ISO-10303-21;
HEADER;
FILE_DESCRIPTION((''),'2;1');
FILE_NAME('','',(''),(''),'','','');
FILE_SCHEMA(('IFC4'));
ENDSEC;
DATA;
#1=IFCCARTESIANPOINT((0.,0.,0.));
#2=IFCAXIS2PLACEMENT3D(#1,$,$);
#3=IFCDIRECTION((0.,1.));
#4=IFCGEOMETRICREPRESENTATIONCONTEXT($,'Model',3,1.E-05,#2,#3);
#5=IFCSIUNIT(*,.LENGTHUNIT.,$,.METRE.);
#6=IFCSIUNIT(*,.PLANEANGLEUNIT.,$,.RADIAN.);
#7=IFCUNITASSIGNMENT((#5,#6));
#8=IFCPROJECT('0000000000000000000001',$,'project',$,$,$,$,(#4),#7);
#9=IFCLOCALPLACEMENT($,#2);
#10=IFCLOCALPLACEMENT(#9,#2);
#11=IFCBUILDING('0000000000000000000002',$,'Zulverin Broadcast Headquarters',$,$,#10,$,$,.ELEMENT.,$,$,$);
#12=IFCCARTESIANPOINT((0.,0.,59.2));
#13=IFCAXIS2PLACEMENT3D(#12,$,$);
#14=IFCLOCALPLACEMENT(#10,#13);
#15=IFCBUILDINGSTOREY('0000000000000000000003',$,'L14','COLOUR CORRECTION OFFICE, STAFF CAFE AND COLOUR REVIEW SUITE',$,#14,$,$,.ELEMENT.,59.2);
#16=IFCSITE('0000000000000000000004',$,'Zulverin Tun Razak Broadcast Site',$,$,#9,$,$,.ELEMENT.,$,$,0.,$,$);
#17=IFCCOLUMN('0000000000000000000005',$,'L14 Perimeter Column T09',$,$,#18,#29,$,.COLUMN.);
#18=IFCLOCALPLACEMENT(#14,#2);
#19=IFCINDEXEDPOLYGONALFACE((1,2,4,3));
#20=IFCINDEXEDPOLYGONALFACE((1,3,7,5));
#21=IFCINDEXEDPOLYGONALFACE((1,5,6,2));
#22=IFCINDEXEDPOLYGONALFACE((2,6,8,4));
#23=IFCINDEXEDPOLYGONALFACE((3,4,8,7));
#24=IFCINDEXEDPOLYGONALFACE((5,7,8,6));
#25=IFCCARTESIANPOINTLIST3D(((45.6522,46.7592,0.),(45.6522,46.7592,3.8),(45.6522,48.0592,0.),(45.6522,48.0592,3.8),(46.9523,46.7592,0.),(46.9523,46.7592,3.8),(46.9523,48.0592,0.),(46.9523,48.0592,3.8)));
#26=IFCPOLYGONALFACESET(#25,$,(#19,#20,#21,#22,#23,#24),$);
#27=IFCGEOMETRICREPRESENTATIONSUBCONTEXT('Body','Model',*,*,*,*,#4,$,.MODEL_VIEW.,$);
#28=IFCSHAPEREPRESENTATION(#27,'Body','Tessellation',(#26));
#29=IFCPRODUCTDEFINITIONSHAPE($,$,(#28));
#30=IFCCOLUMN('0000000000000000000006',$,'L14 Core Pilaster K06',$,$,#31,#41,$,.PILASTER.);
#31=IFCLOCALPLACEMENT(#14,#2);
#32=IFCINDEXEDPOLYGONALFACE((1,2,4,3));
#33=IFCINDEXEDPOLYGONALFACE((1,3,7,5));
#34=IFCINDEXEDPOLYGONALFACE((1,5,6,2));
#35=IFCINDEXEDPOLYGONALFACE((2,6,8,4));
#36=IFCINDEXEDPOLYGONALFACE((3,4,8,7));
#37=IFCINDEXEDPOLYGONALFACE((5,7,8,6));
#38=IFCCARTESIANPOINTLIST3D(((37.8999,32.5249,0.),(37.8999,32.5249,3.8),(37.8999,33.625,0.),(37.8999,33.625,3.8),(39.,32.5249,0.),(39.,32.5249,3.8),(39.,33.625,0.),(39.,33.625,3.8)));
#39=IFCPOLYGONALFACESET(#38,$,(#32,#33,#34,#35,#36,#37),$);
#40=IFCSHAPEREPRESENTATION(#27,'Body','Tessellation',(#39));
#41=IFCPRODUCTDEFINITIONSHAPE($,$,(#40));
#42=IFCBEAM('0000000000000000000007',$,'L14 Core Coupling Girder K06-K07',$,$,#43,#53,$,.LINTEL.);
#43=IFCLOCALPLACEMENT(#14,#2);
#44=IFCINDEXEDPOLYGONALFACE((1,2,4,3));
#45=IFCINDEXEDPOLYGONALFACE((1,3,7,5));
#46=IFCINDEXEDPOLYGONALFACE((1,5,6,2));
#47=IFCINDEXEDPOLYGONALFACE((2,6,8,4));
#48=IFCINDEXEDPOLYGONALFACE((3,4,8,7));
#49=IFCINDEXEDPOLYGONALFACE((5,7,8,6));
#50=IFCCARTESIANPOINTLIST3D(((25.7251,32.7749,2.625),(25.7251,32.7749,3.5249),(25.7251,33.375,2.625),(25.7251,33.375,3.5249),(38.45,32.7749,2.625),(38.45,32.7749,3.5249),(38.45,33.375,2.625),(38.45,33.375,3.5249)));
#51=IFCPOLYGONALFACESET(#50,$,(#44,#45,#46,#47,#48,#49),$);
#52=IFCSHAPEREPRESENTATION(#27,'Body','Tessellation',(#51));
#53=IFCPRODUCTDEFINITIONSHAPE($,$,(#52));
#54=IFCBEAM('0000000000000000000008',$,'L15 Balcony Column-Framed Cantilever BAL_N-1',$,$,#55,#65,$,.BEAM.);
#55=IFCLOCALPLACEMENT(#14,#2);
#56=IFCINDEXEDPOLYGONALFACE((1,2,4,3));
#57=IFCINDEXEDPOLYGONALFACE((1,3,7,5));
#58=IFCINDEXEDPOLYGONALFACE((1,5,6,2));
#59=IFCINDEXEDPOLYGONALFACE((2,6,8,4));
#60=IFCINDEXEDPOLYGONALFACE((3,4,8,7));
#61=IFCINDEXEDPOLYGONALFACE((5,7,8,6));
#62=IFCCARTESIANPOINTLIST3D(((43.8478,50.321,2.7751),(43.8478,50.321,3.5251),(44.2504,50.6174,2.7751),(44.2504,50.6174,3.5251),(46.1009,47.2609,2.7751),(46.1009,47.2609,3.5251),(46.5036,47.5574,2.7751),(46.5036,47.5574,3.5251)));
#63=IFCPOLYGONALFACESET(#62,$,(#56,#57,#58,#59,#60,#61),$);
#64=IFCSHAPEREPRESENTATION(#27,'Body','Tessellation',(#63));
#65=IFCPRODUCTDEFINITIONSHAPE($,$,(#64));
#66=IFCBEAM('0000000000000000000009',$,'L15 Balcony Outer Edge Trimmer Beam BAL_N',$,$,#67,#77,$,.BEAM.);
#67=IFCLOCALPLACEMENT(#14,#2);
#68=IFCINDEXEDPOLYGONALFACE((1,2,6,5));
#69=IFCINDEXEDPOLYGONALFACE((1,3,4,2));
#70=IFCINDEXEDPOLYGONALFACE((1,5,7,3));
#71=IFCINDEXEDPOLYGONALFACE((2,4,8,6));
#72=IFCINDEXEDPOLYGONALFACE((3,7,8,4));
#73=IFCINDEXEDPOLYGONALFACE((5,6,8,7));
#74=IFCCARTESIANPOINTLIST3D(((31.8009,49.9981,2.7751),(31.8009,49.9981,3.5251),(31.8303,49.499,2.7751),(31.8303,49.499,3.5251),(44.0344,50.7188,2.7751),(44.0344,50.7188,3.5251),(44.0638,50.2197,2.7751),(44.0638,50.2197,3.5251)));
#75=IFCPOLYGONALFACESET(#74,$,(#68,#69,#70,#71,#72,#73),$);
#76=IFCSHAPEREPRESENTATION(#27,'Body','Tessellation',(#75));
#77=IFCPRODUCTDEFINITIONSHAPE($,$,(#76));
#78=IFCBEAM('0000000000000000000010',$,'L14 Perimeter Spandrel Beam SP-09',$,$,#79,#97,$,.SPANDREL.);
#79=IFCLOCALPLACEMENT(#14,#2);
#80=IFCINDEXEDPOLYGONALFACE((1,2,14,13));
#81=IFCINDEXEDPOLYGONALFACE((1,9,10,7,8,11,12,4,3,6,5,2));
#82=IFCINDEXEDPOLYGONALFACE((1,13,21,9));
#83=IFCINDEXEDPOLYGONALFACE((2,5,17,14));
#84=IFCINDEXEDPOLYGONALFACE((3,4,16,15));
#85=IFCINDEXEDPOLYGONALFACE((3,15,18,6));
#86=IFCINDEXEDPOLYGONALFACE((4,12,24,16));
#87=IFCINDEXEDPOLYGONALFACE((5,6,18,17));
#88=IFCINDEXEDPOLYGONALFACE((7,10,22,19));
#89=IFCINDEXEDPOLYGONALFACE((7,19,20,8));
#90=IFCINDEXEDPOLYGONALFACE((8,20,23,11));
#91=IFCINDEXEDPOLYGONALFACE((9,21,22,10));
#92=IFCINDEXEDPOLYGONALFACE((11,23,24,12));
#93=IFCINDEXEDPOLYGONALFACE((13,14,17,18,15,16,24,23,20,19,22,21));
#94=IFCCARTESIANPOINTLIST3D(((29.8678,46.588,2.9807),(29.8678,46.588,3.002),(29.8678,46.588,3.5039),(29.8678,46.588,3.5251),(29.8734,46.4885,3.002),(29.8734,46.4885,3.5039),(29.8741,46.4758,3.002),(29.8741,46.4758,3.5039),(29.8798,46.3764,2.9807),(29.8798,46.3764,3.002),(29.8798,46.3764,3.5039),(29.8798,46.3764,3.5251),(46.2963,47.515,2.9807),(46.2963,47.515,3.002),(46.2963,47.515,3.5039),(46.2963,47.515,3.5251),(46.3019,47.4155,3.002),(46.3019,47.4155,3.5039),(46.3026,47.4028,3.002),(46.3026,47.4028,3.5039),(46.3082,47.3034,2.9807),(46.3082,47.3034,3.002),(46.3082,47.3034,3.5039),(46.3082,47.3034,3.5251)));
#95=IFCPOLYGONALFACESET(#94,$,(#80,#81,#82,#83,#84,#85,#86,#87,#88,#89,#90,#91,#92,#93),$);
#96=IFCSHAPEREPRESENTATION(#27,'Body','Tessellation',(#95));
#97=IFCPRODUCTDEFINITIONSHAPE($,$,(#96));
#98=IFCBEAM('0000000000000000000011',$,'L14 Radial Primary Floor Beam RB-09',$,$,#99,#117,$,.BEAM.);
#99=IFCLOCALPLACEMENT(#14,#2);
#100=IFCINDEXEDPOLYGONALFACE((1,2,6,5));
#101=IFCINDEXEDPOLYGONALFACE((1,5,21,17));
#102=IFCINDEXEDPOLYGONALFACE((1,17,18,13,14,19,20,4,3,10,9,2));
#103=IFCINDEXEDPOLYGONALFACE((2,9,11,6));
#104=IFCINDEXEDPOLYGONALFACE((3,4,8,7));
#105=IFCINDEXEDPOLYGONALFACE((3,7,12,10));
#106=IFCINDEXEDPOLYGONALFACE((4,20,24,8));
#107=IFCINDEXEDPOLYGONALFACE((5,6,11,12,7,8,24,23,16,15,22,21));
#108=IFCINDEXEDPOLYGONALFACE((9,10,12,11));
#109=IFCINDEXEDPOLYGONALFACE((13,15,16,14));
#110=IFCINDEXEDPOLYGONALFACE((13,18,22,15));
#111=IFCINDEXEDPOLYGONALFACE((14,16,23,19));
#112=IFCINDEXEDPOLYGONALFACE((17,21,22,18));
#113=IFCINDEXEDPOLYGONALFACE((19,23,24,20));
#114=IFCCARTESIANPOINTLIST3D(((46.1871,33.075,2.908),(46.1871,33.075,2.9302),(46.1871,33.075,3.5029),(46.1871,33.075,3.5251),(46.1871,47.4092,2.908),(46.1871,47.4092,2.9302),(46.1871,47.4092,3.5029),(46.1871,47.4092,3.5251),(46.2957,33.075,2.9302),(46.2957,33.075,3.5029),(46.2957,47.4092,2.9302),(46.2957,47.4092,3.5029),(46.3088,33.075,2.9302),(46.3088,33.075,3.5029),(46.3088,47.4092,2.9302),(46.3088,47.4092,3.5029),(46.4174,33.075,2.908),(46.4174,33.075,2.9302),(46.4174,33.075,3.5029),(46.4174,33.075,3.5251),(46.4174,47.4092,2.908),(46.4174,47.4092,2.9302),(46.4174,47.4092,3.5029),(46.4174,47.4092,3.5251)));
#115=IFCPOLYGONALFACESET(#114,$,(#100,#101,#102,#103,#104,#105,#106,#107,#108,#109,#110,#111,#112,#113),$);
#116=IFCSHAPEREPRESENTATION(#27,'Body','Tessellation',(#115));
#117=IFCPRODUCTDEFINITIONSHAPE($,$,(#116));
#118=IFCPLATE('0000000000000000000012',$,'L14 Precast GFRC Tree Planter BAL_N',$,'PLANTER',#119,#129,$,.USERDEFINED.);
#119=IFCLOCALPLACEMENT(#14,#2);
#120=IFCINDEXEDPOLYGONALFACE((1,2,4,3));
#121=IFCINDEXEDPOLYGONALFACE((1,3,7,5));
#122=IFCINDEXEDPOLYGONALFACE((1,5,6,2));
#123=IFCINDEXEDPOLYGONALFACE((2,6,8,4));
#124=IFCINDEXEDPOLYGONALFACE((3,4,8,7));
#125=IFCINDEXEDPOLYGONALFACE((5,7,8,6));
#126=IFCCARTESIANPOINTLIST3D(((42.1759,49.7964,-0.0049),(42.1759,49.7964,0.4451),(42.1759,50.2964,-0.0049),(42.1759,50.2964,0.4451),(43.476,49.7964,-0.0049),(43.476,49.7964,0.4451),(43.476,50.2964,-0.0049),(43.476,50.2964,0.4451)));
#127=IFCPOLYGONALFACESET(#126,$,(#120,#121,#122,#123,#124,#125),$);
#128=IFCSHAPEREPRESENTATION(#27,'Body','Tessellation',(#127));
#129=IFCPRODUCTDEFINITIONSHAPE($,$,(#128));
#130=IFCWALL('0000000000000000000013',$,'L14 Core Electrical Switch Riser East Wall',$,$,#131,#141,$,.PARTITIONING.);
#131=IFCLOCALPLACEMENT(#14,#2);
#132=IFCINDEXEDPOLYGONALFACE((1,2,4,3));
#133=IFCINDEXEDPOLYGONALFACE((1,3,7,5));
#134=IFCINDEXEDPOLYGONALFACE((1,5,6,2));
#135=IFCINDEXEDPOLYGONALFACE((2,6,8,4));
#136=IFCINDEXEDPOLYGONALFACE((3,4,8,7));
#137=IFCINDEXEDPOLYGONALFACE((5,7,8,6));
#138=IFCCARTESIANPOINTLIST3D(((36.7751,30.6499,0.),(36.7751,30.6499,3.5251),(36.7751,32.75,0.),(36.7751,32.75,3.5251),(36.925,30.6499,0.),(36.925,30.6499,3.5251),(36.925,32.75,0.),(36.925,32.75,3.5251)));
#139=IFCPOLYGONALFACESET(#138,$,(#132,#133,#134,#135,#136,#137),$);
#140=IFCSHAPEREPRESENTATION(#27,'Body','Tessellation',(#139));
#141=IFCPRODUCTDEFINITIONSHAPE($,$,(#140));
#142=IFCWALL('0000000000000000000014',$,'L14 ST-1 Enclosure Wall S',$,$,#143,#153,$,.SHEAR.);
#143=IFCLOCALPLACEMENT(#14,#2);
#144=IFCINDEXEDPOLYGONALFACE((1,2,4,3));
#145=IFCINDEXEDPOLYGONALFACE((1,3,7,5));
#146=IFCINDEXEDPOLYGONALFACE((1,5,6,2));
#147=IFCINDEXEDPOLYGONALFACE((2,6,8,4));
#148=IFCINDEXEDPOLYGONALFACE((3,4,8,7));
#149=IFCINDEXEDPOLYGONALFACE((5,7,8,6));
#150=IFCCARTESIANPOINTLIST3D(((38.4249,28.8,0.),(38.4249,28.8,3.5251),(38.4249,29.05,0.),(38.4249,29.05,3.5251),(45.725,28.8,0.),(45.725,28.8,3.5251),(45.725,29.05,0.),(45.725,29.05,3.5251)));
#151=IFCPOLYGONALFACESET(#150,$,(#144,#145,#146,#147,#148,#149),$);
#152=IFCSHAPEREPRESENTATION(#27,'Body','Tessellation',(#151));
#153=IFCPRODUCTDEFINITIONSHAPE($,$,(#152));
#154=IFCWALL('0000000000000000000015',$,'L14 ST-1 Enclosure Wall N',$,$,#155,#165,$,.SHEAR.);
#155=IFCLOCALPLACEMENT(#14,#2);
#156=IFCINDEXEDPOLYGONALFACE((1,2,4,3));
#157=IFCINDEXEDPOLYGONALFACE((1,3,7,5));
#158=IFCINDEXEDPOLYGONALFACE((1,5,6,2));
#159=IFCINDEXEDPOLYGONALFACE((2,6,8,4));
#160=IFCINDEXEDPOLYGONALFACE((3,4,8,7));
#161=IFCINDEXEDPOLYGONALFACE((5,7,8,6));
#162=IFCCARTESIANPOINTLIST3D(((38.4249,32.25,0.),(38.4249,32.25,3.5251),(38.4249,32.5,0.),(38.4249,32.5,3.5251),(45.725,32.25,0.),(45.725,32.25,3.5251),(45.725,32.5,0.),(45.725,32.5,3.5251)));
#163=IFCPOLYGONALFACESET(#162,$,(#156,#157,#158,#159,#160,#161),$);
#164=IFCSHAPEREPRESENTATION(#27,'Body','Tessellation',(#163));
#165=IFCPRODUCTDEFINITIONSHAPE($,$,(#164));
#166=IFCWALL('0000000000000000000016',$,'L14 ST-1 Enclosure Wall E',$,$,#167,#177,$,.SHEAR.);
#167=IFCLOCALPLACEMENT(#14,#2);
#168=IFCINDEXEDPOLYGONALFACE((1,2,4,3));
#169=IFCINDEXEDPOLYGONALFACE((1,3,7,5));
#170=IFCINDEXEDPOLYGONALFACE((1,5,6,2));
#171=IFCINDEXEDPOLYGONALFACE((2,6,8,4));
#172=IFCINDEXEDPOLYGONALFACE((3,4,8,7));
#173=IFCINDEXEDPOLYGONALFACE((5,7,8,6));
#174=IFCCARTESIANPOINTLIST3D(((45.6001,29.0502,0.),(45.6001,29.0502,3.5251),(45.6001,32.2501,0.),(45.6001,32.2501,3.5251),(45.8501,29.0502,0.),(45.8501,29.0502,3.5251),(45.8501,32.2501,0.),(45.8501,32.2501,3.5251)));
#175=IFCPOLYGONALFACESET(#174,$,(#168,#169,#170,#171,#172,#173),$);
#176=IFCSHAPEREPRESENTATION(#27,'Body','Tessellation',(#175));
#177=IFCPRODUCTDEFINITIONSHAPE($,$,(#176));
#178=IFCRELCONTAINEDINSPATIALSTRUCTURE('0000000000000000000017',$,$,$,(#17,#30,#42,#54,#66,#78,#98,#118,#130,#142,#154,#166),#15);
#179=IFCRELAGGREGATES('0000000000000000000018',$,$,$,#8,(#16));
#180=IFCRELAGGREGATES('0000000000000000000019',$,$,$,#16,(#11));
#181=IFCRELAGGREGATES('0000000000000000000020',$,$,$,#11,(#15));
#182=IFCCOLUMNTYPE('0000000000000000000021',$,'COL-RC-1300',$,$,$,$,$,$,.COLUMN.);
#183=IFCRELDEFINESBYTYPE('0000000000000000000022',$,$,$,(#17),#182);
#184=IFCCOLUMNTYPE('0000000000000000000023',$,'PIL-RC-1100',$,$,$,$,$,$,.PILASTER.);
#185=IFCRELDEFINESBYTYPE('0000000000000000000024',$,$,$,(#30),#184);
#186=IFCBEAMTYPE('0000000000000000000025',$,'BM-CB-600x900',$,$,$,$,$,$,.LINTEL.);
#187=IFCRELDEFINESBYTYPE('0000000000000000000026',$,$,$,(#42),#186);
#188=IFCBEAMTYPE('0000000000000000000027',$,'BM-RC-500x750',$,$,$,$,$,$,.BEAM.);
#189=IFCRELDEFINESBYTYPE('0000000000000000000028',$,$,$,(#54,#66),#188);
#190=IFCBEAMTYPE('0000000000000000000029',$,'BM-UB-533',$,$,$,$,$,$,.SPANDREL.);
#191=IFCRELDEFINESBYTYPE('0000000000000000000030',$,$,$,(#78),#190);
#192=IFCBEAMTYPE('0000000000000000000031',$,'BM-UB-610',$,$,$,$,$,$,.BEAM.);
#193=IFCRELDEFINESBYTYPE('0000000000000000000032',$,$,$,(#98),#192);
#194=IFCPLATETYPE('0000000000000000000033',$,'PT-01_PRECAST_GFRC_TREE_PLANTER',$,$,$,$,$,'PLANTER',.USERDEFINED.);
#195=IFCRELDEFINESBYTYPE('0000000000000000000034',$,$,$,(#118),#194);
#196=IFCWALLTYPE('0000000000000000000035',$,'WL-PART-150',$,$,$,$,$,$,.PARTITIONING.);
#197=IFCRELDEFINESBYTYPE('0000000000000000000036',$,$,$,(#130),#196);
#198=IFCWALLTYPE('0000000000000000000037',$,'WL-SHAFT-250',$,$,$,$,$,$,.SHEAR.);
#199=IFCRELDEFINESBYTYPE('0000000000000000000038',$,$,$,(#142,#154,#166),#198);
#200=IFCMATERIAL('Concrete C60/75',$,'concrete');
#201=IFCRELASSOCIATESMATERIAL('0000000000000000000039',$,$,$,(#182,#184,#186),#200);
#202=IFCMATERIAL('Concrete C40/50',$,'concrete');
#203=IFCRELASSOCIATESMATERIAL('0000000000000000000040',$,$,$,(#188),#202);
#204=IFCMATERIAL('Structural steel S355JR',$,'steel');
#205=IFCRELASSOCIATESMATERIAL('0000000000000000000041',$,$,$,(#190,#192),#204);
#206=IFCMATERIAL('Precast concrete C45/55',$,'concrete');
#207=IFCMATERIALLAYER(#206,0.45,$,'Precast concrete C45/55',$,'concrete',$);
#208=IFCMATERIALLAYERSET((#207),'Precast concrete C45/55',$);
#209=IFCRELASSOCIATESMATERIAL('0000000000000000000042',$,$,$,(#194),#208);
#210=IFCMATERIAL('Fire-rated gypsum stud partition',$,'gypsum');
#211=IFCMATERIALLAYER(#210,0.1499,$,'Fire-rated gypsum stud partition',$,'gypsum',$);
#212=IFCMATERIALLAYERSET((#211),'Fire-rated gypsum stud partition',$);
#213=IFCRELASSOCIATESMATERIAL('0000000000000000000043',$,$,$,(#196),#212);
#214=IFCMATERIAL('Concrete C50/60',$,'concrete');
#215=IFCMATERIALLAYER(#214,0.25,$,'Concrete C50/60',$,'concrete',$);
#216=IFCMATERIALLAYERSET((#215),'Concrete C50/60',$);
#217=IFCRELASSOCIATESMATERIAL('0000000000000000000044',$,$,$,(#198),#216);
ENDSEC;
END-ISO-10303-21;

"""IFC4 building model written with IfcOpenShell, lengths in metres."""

from ifc_helpers import new_model, si_unit, direction, frame, frame_2d, origin, origin_2d, place, context, subcontext, project, spatial, rectangle, i_section, extrude, material, layer, layer_set, material_profile, profile_set, type_object, element, save


model = new_model("IFC4")

# Units and contexts
model_context = context("Model", 3, precision=1e-05, world=origin(), true_north=direction((0.0, 1.0)))
body_context = subcontext(model_context, "Body", "Model", "MODEL_VIEW")
ifc_project = project(units=[si_unit("LENGTHUNIT", "METRE"), si_unit("PLANEANGLEUNIT", "RADIAN")], contexts=[model_context])

# Site, building, storey
site_placement = place(None, origin())
site = spatial("IfcSite", under=ifc_project, at=site_placement, Name="Zulverin Tun Razak Broadcast Site", CompositionType="ELEMENT", RefElevation=0.0)
building_placement = place(site_placement, origin())
building = spatial("IfcBuilding", under=site, at=building_placement, Name="Zulverin Broadcast Headquarters", CompositionType="ELEMENT")
storey_placement = place(building_placement, frame((0.0, 0.0, 59.2)))
storey = spatial("IfcBuildingStorey", under=building, at=storey_placement, Name="L14", Description="COLOUR CORRECTION OFFICE, STAFF CAFE AND COLOUR REVIEW SUITE", CompositionType="ELEMENT", Elevation=59.2)

# Columns
ifc_material_1 = material(Name="Concrete C60/75", Category="concrete")
ifc_material_profile_1 = material_profile(ifc_material_1, rectangle(XDim=1.3, YDim=1.3, at=origin_2d()), Name="Concrete C60/75", Category="concrete")
ifc_profile_set_1 = profile_set([ifc_material_profile_1], Name="Concrete C60/75")
column_type_1 = type_object("IfcColumnType", Name="COL-RC-1300", PredefinedType="COLUMN", material=ifc_profile_set_1)
column_1_placement = place(storey_placement, frame((46.3022, 47.4092, 0.0), z_axis=(0.0, 0.0, 1.0), x_axis=(1.0, 0.0, 0.0)))
element("IfcColumn", 1, at=column_1_placement, inside=storey, type_object=column_type_1, Name="L14 Perimeter Column T09", PredefinedType="COLUMN", context=body_context, shape_type="SweptSolid", body=[
    extrude(rectangle(XDim=1.3, YDim=1.3, at=origin_2d()), origin(), (0.0, 0.0, 1.0), 3.8),
])
ifc_material_profile_2 = material_profile(ifc_material_1, rectangle(XDim=1.1001, YDim=1.1001, at=origin_2d()), Name="Concrete C60/75", Category="concrete")
ifc_profile_set_2 = profile_set([ifc_material_profile_2], Name="Concrete C60/75")
column_type_2 = type_object("IfcColumnType", Name="PIL-RC-1100", PredefinedType="PILASTER", material=ifc_profile_set_2)
column_2_placement = place(storey_placement, frame((38.45, 33.075, 0.0), z_axis=(0.0, 0.0, 1.0), x_axis=(1.0, 0.0, 0.0)))
element("IfcColumn", 2, at=column_2_placement, inside=storey, type_object=column_type_2, Name="L14 Core Pilaster K06", PredefinedType="PILASTER", context=body_context, shape_type="SweptSolid", body=[
    extrude(rectangle(XDim=1.1001, YDim=1.1001, at=origin_2d()), origin(), (0.0, 0.0, 1.0), 3.8),
])

# Beams
ifc_material_profile_3 = material_profile(ifc_material_1, rectangle(XDim=0.6001, YDim=0.8999, at=origin_2d()), Name="Concrete C60/75", Category="concrete")
ifc_profile_set_3 = profile_set([ifc_material_profile_3], Name="Concrete C60/75")
beam_type_1 = type_object("IfcBeamType", Name="BM-CB-600x900", PredefinedType="LINTEL", material=ifc_profile_set_3)
beam_1_placement = place(storey_placement, frame((38.45, 33.075, 3.075), z_axis=(-1.0, 0.0, 0.0), x_axis=(0.0, -1.0, 0.0)))
element("IfcBeam", 3, at=beam_1_placement, inside=storey, type_object=beam_type_1, Name="L14 Core Coupling Girder K06-K07", PredefinedType="LINTEL", context=body_context, shape_type="SweptSolid", body=[
    extrude(rectangle(XDim=0.6001, YDim=0.8999, at=origin_2d()), origin(), (0.0, 0.0, 1.0), 12.7249),
])
ifc_material_2 = material(Name="Concrete C40/50", Category="concrete")
ifc_material_profile_4 = material_profile(ifc_material_2, rectangle(XDim=0.5, YDim=0.75, at=origin_2d()), Name="Concrete C40/50", Category="concrete")
ifc_profile_set_4 = profile_set([ifc_material_profile_4], Name="Concrete C40/50")
beam_type_2 = type_object("IfcBeamType", Name="BM-RC-500x750", PredefinedType="BEAM", material=ifc_profile_set_4)
beam_2_placement = place(storey_placement, frame((46.3022, 47.4092, 3.1501), z_axis=(-0.592925, 0.805258, 0.0), x_axis=(-0.805258, -0.592925, 0.0)))
element("IfcBeam", 4, at=beam_2_placement, inside=storey, type_object=beam_type_2, Name="L15 Balcony Column-Framed Cantilever BAL_N-1", PredefinedType="BEAM", context=body_context, shape_type="SweptSolid", body=[
    extrude(rectangle(XDim=0.5, YDim=0.75, at=origin_2d()), origin(), (0.0, 0.0, 1.0), 3.8),
])
beam_3_placement = place(storey_placement, frame((44.0491, 50.4692, 3.1501), z_axis=(-0.998269, -0.058811, 0.0), x_axis=(0.058811, -0.998269, 0.0)))
element("IfcBeam", 5, at=beam_3_placement, inside=storey, type_object=beam_type_2, Name="L15 Balcony Outer Edge Trimmer Beam BAL_N", PredefinedType="BEAM", context=body_context, shape_type="SweptSolid", body=[
    extrude(rectangle(XDim=0.5, YDim=0.75, at=origin_2d()), origin(), (0.0, 0.0, 1.0), 12.2546),
])
ifc_material_3 = material(Name="Structural steel S355JR", Category="steel")
ifc_material_profile_5 = material_profile(ifc_material_3, i_section(OverallWidth=0.2119, OverallDepth=0.5444, WebThickness=0.0127, FlangeThickness=0.0212, at=origin_2d()), Name="Structural steel S355JR", Category="steel")
ifc_profile_set_5 = profile_set([ifc_material_profile_5], Name="Structural steel S355JR")
beam_type_3 = type_object("IfcBeamType", Name="BM-UB-533", PredefinedType="SPANDREL", material=ifc_profile_set_5)
beam_4_placement = place(storey_placement, frame((46.3022, 47.4092, 3.2529), z_axis=(-0.998412, -0.056337, 0.0), x_axis=(0.056337, -0.998412, 0.0)))
element("IfcBeam", 6, at=beam_4_placement, inside=storey, type_object=beam_type_3, Name="L14 Perimeter Spandrel Beam SP-09", PredefinedType="SPANDREL", context=body_context, shape_type="SweptSolid", body=[
    extrude(i_section(OverallWidth=0.2119, OverallDepth=0.5444, WebThickness=0.0127, FlangeThickness=0.0212, at=origin_2d()), origin(), (0.0, 0.0, 1.0), 16.4546),
])
ifc_material_profile_6 = material_profile(ifc_material_3, i_section(OverallWidth=0.2302, OverallDepth=0.6172, WebThickness=0.0132, FlangeThickness=0.0222, at=origin_2d()), Name="Structural steel S355JR", Category="steel")
ifc_profile_set_6 = profile_set([ifc_material_profile_6], Name="Structural steel S355JR")
beam_type_4 = type_object("IfcBeamType", Name="BM-UB-610", PredefinedType="BEAM", material=ifc_profile_set_6)
beam_5_placement = place(storey_placement, frame((46.3022, 33.075, 3.2166), z_axis=(0.0, 1.0, 0.0), x_axis=(-1.0, 0.0, 0.0)))
element("IfcBeam", 7, at=beam_5_placement, inside=storey, type_object=beam_type_4, Name="L14 Radial Primary Floor Beam RB-09", PredefinedType="BEAM", context=body_context, shape_type="SweptSolid", body=[
    extrude(i_section(OverallWidth=0.2302, OverallDepth=0.6172, WebThickness=0.0132, FlangeThickness=0.0222, at=origin_2d()), origin(), (0.0, 0.0, 1.0), 14.3342),
])

# Plate
ifc_material_4 = material(Name="Precast concrete C45/55", Category="concrete")
ifc_layer_1 = layer(ifc_material_4, 0.45, Name="Precast concrete C45/55", Category="concrete")
ifc_layer_set_1 = layer_set([ifc_layer_1], Name="Precast concrete C45/55")
plate_type = type_object("IfcPlateType", Name="PT-01_PRECAST_GFRC_TREE_PLANTER", ElementType="PLANTER", PredefinedType="USERDEFINED", material=ifc_layer_set_1)
plate_placement = place(storey_placement, frame((42.8259, 50.0464, -0.0049), z_axis=(0.0, 0.0, 1.0), x_axis=(1.0, 0.0, 0.0)))
element("IfcPlate", 8, at=plate_placement, inside=storey, type_object=plate_type, Name="L14 Precast GFRC Tree Planter BAL_N", ObjectType="PLANTER", PredefinedType="USERDEFINED", context=body_context, shape_type="SweptSolid", body=[
    extrude(rectangle(XDim=1.3, YDim=0.5, at=origin_2d()), origin(), (0.0, 0.0, 1.0), 0.45),
])

# Walls
ifc_material_5 = material(Name="Fire-rated gypsum stud partition", Category="gypsum")
ifc_layer_2 = layer(ifc_material_5, 0.1499, Name="Fire-rated gypsum stud partition", Category="gypsum")
ifc_layer_set_2 = layer_set([ifc_layer_2], Name="Fire-rated gypsum stud partition")
wall_type_1 = type_object("IfcWallType", Name="WL-PART-150", PredefinedType="PARTITIONING", material=ifc_layer_set_2)
wall_1_placement = place(storey_placement, frame((36.8501, 30.6499, 0.0), z_axis=(0.0, 0.0, 1.0), x_axis=(0.0, 1.0, 0.0)))
element("IfcWall", 9, at=wall_1_placement, inside=storey, type_object=wall_type_1, Name="L14 Core Electrical Switch Riser East Wall", PredefinedType="PARTITIONING", context=body_context, shape_type="SweptSolid", body=[
    extrude(rectangle(XDim=2.1001, YDim=0.1499, at=frame_2d((1.05, 0.0))), origin(), (0.0, 0.0, 1.0), 3.5251),
])
ifc_material_6 = material(Name="Concrete C50/60", Category="concrete")
ifc_layer_3 = layer(ifc_material_6, 0.25, Name="Concrete C50/60", Category="concrete")
ifc_layer_set_3 = layer_set([ifc_layer_3], Name="Concrete C50/60")
wall_type_2 = type_object("IfcWallType", Name="WL-SHAFT-250", PredefinedType="SHEAR", material=ifc_layer_set_3)
for number, where, z_axis, x_axis, name in (
    (10, (38.425, 28.925, 0.0), (0.0, 0.0, 1.0), (1.0, 0.0, 0.0), "L14 ST-1 Enclosure Wall S"),
    (11, (38.425, 32.375, 0.0), (0.0, 0.0, 1.0), (1.0, 0.0, 0.0), "L14 ST-1 Enclosure Wall N"),
):
    element("IfcWall", number, at=place(storey_placement, frame(where, z_axis=z_axis, x_axis=x_axis)), inside=storey, type_object=wall_type_2, Name=name, PredefinedType="SHEAR", context=body_context, shape_type="SweptSolid", body=[
        extrude(rectangle(XDim=7.3, YDim=0.25, at=frame_2d((3.6499, 0.0))), origin(), (0.0, 0.0, 1.0), 3.5251),
    ])

# Wall
wall_2_placement = place(storey_placement, frame((45.7251, 29.05, 0.0), z_axis=(0.0, 0.0, 1.0), x_axis=(0.0, 1.0, 0.0)))
element("IfcWall", 12, at=wall_2_placement, inside=storey, type_object=wall_type_2, Name="L14 ST-1 Enclosure Wall E", PredefinedType="SHEAR", context=body_context, shape_type="SweptSolid", body=[
    extrude(rectangle(XDim=3.2, YDim=0.25, at=frame_2d((1.6001, 0.0))), origin(), (0.0, 0.0, 1.0), 3.5251),
])

save(model, "model.ifc")
